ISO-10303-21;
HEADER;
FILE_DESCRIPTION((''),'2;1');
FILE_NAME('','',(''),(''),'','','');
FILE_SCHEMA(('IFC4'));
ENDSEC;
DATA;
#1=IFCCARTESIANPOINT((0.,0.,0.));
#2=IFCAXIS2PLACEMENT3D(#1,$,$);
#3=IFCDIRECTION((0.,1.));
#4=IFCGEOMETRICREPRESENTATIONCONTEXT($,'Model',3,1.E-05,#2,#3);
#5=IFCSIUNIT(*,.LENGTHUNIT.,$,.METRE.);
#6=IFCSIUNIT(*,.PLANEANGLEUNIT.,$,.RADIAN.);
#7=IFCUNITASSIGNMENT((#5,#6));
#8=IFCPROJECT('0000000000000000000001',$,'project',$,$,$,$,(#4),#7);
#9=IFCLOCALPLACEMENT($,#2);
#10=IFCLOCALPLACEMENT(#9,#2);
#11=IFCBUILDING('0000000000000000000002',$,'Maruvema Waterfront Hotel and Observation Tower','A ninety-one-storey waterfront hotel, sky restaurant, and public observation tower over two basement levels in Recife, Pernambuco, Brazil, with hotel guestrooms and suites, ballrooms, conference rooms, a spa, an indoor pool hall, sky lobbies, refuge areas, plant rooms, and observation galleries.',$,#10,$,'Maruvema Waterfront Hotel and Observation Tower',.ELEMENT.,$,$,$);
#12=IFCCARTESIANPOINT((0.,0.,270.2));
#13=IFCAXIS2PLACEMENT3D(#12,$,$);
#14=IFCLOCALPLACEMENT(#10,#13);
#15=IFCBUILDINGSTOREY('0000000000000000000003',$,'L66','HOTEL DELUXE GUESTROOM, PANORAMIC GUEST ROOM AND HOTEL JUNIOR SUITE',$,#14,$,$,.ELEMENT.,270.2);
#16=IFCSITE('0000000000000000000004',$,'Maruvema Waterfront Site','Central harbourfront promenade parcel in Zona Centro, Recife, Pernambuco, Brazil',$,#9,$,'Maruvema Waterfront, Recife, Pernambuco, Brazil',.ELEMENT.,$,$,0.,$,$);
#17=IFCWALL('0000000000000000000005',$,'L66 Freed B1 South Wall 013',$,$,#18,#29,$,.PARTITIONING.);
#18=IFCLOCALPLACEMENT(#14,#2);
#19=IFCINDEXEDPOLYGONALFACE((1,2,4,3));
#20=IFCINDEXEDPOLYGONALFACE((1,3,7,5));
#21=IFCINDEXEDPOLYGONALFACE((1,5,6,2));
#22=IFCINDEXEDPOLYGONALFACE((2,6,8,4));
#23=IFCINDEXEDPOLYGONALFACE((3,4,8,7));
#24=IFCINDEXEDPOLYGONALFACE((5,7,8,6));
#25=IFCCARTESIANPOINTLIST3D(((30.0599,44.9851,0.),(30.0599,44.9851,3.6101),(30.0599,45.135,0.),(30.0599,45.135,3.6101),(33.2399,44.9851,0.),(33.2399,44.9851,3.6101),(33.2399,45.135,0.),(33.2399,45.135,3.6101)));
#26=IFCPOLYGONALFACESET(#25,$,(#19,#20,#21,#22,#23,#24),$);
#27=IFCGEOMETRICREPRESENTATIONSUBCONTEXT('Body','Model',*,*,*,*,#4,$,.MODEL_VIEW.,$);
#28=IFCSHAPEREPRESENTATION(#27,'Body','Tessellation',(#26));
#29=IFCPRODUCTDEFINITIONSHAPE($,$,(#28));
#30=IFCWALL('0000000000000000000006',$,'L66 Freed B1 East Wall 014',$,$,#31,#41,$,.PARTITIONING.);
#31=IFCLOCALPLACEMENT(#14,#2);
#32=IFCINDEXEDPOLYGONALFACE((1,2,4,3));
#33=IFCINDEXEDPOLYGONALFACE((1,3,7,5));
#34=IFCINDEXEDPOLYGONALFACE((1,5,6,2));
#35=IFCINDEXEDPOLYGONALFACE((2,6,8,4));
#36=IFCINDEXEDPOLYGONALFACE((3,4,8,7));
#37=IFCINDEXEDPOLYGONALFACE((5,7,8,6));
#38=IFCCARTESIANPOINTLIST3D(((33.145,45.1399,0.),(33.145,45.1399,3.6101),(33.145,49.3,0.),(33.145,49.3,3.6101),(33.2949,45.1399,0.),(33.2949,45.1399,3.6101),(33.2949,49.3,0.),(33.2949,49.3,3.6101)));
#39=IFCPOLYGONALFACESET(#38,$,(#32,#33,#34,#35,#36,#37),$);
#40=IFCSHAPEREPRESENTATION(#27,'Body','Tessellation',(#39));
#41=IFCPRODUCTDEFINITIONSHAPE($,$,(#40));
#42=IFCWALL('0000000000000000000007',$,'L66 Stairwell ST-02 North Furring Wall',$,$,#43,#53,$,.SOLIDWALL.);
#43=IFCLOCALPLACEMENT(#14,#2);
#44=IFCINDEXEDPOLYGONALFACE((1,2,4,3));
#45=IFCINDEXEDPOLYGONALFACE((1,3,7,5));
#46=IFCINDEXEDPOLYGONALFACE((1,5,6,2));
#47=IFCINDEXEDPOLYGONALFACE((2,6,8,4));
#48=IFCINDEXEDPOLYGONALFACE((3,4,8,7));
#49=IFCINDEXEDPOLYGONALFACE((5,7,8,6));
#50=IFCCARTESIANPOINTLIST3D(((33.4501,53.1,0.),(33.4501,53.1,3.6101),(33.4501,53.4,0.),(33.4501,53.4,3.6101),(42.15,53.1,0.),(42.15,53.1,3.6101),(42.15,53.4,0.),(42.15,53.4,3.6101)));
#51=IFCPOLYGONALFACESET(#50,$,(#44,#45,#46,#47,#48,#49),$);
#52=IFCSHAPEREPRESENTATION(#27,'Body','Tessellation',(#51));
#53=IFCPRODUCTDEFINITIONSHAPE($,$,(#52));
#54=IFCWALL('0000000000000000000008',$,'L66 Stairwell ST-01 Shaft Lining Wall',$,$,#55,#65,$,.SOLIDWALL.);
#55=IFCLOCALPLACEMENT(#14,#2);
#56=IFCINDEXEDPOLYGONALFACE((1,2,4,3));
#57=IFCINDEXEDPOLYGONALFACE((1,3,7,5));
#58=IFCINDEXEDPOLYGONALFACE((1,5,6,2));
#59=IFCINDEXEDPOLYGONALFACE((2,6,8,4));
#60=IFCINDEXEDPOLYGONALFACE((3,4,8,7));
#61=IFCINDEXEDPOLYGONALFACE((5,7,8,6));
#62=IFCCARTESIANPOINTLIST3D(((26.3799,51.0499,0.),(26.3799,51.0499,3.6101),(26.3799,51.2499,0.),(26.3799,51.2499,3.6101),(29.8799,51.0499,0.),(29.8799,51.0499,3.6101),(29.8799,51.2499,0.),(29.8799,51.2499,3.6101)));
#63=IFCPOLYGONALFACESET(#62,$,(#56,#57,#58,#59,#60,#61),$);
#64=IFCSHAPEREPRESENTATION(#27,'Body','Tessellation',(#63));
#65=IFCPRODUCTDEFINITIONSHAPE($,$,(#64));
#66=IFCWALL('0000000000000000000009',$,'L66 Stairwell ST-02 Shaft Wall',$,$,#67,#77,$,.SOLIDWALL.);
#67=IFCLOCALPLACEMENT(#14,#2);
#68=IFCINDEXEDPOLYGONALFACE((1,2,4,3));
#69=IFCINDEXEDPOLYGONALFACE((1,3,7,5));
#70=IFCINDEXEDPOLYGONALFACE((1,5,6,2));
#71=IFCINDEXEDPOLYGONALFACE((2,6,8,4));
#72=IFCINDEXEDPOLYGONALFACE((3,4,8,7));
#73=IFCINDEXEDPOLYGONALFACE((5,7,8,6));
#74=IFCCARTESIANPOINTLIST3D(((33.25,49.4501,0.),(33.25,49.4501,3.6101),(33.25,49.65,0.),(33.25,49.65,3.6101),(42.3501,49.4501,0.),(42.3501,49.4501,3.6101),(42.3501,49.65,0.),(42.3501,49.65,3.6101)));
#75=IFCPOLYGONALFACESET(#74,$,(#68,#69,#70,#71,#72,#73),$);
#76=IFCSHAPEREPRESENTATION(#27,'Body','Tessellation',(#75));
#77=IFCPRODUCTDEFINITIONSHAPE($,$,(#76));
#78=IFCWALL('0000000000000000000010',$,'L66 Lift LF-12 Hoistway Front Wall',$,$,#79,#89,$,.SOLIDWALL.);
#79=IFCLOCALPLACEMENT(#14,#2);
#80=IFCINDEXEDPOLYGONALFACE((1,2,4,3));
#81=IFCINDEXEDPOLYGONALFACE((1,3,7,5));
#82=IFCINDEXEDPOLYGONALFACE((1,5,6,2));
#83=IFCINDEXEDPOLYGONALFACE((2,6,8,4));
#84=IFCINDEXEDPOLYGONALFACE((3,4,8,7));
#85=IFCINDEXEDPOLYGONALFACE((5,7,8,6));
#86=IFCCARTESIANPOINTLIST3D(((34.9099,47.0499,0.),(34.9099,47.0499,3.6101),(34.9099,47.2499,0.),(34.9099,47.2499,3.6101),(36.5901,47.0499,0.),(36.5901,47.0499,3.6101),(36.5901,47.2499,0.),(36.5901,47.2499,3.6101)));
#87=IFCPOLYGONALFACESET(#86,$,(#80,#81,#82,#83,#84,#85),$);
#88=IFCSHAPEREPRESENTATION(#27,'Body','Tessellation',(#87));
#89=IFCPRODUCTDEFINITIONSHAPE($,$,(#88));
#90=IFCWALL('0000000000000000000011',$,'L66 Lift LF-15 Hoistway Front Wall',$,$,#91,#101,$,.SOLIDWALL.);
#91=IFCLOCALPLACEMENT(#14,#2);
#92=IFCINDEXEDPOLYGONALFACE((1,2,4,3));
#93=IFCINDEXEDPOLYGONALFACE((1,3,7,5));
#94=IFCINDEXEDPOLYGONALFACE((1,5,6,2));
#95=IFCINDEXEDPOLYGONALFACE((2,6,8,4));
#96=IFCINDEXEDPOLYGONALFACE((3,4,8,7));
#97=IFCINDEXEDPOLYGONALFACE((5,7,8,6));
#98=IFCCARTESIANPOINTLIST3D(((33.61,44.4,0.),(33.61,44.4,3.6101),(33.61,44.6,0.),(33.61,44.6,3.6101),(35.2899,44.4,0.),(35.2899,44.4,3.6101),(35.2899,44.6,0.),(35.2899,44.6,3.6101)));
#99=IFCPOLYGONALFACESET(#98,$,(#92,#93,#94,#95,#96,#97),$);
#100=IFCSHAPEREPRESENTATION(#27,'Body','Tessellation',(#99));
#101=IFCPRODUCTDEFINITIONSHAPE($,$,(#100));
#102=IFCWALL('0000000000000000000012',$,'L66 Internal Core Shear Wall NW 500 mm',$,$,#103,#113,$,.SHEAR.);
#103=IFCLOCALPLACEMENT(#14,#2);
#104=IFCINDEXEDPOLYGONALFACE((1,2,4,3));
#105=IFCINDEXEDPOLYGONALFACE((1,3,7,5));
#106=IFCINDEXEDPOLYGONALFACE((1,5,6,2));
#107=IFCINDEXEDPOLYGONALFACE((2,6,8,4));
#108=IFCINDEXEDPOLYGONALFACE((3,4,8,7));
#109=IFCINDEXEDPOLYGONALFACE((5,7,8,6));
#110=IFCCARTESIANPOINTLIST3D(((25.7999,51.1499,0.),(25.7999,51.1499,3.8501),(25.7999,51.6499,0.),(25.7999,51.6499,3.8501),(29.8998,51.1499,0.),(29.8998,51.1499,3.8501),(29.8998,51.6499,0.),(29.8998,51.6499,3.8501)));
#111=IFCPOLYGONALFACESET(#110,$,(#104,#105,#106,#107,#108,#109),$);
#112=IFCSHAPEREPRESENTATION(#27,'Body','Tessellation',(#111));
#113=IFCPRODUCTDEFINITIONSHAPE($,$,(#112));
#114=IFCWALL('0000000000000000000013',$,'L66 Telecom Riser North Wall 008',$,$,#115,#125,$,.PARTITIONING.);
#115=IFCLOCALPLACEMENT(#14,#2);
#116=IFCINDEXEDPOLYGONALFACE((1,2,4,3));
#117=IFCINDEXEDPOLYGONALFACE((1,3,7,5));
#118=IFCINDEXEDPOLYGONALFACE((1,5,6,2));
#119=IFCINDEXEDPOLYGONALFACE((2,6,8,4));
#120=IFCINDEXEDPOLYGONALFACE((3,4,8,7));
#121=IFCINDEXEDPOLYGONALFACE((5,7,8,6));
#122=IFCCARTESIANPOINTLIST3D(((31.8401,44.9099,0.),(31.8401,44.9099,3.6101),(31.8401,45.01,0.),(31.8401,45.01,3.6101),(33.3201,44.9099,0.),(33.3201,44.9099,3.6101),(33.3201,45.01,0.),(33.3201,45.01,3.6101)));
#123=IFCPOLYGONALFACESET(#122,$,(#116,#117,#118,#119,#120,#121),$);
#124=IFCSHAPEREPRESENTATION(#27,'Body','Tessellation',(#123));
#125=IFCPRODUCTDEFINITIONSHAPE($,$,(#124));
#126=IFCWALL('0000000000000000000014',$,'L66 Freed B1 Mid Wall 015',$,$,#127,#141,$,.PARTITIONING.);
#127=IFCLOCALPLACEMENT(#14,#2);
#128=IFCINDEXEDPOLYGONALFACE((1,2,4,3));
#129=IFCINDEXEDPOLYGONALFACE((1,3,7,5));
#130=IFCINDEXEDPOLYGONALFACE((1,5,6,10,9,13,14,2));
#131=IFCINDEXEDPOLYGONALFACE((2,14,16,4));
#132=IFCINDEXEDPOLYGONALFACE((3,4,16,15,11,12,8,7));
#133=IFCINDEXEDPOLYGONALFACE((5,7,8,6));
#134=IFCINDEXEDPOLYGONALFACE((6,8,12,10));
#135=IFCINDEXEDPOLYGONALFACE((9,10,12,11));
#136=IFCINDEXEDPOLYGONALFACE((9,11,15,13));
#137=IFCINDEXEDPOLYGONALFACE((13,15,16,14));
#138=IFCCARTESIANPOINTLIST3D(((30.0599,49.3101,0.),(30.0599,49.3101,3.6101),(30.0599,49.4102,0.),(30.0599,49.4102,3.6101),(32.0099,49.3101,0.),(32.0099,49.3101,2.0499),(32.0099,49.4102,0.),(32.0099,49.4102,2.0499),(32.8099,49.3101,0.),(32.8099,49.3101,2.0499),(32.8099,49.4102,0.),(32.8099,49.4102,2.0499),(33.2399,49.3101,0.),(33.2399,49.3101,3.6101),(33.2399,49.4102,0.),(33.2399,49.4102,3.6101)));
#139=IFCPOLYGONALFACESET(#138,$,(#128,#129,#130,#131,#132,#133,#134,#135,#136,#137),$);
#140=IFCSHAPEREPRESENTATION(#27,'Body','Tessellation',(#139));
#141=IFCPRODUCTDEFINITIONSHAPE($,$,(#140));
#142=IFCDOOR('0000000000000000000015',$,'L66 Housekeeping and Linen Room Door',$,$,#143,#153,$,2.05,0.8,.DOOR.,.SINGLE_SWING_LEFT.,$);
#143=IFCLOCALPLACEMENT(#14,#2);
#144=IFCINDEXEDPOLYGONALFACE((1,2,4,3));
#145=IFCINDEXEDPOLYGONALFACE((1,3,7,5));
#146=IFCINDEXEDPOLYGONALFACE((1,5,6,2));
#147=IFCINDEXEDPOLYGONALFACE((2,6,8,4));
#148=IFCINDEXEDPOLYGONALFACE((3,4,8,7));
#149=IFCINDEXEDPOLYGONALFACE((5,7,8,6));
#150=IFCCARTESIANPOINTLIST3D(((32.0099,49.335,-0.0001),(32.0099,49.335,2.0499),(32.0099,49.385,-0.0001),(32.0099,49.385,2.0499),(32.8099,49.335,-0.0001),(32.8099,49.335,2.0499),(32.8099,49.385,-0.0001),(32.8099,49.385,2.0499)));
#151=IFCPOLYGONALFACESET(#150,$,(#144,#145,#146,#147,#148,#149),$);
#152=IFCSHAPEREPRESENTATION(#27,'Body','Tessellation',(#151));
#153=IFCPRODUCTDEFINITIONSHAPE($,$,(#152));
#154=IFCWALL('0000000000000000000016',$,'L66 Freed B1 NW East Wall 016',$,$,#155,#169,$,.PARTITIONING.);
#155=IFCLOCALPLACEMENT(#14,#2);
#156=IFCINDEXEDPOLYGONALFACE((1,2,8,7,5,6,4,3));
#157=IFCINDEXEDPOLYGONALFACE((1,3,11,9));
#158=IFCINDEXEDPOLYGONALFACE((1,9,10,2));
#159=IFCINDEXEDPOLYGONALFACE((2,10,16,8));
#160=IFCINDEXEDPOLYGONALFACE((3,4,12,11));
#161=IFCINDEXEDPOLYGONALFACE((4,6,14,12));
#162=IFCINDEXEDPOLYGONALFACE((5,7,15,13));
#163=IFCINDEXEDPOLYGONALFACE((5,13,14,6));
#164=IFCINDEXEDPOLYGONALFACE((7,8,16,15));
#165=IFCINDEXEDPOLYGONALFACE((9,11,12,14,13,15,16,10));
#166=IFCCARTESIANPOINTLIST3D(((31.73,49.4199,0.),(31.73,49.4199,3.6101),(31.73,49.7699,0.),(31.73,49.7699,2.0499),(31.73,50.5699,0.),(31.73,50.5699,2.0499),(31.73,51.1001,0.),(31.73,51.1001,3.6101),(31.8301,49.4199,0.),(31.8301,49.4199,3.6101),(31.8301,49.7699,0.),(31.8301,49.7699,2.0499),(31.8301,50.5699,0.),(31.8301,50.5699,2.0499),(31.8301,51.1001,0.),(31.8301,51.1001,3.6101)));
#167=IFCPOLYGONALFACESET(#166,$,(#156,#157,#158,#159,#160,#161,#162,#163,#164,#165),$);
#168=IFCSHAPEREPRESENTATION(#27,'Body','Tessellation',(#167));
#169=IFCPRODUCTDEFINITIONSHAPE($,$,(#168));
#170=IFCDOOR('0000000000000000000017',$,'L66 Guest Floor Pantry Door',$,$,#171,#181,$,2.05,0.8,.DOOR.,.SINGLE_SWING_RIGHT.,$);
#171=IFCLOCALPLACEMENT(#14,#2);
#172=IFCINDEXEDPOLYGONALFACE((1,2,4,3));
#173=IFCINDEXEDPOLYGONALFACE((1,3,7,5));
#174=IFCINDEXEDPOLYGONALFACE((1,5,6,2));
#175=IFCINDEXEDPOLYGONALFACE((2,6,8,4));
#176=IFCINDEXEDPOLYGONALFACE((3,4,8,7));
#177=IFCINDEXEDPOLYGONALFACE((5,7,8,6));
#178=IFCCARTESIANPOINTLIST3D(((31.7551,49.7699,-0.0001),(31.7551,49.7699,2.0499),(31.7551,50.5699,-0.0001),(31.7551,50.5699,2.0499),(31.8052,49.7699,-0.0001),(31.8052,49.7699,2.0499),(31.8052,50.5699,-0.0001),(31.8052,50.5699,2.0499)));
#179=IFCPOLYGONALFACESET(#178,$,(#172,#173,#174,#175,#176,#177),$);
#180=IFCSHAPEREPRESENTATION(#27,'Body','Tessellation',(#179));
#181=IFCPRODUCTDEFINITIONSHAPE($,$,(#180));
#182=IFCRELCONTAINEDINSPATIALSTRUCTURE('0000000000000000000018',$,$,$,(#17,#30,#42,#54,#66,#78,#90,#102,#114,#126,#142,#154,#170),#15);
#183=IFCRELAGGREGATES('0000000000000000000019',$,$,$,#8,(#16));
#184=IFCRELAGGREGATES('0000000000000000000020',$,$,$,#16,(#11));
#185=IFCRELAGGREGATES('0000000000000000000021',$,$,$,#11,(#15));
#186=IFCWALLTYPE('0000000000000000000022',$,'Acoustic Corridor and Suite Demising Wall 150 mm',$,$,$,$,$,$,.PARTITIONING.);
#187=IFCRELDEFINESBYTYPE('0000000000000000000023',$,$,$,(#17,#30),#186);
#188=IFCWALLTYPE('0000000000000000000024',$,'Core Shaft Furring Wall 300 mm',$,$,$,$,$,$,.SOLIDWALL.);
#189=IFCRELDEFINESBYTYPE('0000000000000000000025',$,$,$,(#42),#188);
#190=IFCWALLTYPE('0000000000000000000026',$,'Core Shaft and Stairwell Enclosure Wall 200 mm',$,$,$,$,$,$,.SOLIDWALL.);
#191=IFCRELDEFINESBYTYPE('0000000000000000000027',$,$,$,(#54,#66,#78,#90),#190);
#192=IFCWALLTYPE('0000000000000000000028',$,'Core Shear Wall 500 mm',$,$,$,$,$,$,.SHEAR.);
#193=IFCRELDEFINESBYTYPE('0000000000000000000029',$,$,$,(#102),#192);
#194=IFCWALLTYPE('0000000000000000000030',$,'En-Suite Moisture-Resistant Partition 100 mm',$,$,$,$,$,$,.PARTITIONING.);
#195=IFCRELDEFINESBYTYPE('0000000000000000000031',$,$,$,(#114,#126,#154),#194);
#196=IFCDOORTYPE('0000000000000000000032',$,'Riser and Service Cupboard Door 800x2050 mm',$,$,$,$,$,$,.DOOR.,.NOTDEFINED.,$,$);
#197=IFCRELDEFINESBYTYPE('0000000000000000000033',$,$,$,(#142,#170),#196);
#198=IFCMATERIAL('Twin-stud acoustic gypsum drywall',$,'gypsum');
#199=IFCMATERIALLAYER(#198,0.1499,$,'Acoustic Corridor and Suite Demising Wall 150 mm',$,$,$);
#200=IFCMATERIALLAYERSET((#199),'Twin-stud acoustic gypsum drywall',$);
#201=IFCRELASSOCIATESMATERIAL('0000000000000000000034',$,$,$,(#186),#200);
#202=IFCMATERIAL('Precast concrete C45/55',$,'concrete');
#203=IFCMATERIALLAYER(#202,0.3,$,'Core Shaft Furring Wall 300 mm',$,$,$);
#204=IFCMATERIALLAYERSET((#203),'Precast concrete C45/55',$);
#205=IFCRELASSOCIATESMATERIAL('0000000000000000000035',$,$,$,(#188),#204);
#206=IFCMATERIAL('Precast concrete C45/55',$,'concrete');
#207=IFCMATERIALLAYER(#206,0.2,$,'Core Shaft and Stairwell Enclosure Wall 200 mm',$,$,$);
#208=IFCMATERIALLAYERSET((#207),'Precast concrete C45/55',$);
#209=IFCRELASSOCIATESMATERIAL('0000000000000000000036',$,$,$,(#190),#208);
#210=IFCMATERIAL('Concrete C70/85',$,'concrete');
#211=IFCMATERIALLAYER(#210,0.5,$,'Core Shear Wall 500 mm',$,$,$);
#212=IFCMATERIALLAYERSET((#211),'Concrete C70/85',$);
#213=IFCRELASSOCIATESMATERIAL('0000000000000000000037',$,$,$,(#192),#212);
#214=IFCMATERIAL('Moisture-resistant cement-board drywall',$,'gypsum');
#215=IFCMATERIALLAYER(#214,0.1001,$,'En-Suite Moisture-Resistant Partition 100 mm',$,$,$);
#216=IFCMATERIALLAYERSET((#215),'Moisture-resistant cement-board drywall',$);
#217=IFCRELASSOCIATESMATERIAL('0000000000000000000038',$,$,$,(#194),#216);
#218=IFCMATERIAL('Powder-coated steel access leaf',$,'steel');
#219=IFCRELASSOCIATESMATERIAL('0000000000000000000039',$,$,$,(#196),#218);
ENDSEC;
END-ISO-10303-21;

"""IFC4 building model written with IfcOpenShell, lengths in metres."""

from ifc_helpers import new_model, si_unit, direction, frame, frame_2d, origin, place, context, subcontext, project, spatial, rectangle, extrude, material, layer, layer_set, type_object, element, fill, save


model = new_model("IFC4")

# Units and contexts
model_context = context("Model", 3, precision=1e-05, world=origin(), true_north=direction((0.0, 1.0)))
body_context = subcontext(model_context, "Body", "Model", "MODEL_VIEW")
ifc_project = project(units=[si_unit("LENGTHUNIT", "METRE"), si_unit("PLANEANGLEUNIT", "RADIAN")], contexts=[model_context])

# Site, building, storey
site_placement = place(None, origin())
site = spatial("IfcSite", under=ifc_project, at=site_placement, Name="Maruvema Waterfront Site", Description="Central harbourfront promenade parcel in Zona Centro, Recife, Pernambuco, Brazil", LongName="Maruvema Waterfront, Recife, Pernambuco, Brazil", CompositionType="ELEMENT", RefElevation=0.0)
building_placement = place(site_placement, origin())
building = spatial("IfcBuilding", under=site, at=building_placement, Name="Maruvema Waterfront Hotel and Observation Tower", Description="A ninety-one-storey waterfront hotel, sky restaurant, and public observation tower over two basement levels in Recife, Pernambuco, Brazil, with hotel guestrooms and suites, ballrooms, conference rooms, a spa, an indoor pool hall, sky lobbies, refuge areas, plant rooms, and observation galleries.", LongName="Maruvema Waterfront Hotel and Observation Tower", CompositionType="ELEMENT")
storey_placement = place(building_placement, frame((0.0, 0.0, 270.2)))
storey = spatial("IfcBuildingStorey", under=building, at=storey_placement, Name="L66", Description="HOTEL DELUXE GUESTROOM, PANORAMIC GUEST ROOM AND HOTEL JUNIOR SUITE", CompositionType="ELEMENT", Elevation=270.2)

# Walls
ifc_material_1 = material(Name="Twin-stud acoustic gypsum drywall", Category="gypsum")
ifc_layer_1 = layer(ifc_material_1, 0.1499, Name="Acoustic Corridor and Suite Demising Wall 150 mm")
ifc_layer_set_1 = layer_set([ifc_layer_1], Name="Twin-stud acoustic gypsum drywall")
wall_type_1 = type_object("IfcWallType", Name="Acoustic Corridor and Suite Demising Wall 150 mm", PredefinedType="PARTITIONING", material=ifc_layer_set_1)
wall_1_placement = place(storey_placement, frame((30.0601, 45.0601, 0.0), z_axis=(0.0, 0.0, 1.0), x_axis=(1.0, 0.0, 0.0)))
element("IfcWall", 1, at=wall_1_placement, inside=storey, type_object=wall_type_1, Name="L66 Freed B1 South Wall 013", PredefinedType="PARTITIONING", context=body_context, shape_type="SweptSolid", body=[
    extrude(rectangle(XDim=3.1799, YDim=0.1499, at=frame_2d((1.5898, 0.0))), origin(), (0.0, 0.0, 1.0), 3.6101),
])
wall_2_placement = place(storey_placement, frame((33.22, 45.1399, 0.0), z_axis=(0.0, 0.0, 1.0), x_axis=(0.0, 1.0, 0.0)))
element("IfcWall", 2, at=wall_2_placement, inside=storey, type_object=wall_type_1, Name="L66 Freed B1 East Wall 014", PredefinedType="PARTITIONING", context=body_context, shape_type="SweptSolid", body=[
    extrude(rectangle(XDim=4.1602, YDim=0.1499, at=frame_2d((2.0801, 0.0))), origin(), (0.0, 0.0, 1.0), 3.6101),
])
ifc_material_2 = material(Name="Precast concrete C45/55", Category="concrete")
ifc_layer_2 = layer(ifc_material_2, 0.3, Name="Core Shaft Furring Wall 300 mm")
ifc_layer_set_2 = layer_set([ifc_layer_2], Name="Precast concrete C45/55")
wall_type_2 = type_object("IfcWallType", Name="Core Shaft Furring Wall 300 mm", PredefinedType="SOLIDWALL", material=ifc_layer_set_2)
wall_3_placement = place(storey_placement, frame((33.45, 53.25, 0.0), z_axis=(0.0, 0.0, 1.0), x_axis=(1.0, 0.0, 0.0)))
element("IfcWall", 3, at=wall_3_placement, inside=storey, type_object=wall_type_2, Name="L66 Stairwell ST-02 North Furring Wall", PredefinedType="SOLIDWALL", context=body_context, shape_type="SweptSolid", body=[
    extrude(rectangle(XDim=8.7, YDim=0.3, at=frame_2d((4.3501, 0.0))), origin(), (0.0, 0.0, 1.0), 3.6101),
])
ifc_material_3 = material(Name="Precast concrete C45/55", Category="concrete")
ifc_layer_3 = layer(ifc_material_3, 0.2, Name="Core Shaft and Stairwell Enclosure Wall 200 mm")
ifc_layer_set_3 = layer_set([ifc_layer_3], Name="Precast concrete C45/55")
wall_type_3 = type_object("IfcWallType", Name="Core Shaft and Stairwell Enclosure Wall 200 mm", PredefinedType="SOLIDWALL", material=ifc_layer_set_3)
wall_4_placement = place(storey_placement, frame((26.3799, 51.1499, 0.0), z_axis=(0.0, 0.0, 1.0), x_axis=(1.0, 0.0, 0.0)))
element("IfcWall", 4, at=wall_4_placement, inside=storey, type_object=wall_type_3, Name="L66 Stairwell ST-01 Shaft Lining Wall", PredefinedType="SOLIDWALL", context=body_context, shape_type="SweptSolid", body=[
    extrude(rectangle(XDim=3.5, YDim=0.2, at=frame_2d((1.75, 0.0))), origin(), (0.0, 0.0, 1.0), 3.6101),
])
wall_5_placement = place(storey_placement, frame((33.25, 49.55, 0.0), z_axis=(0.0, 0.0, 1.0), x_axis=(1.0, 0.0, 0.0)))
element("IfcWall", 5, at=wall_5_placement, inside=storey, type_object=wall_type_3, Name="L66 Stairwell ST-02 Shaft Wall", PredefinedType="SOLIDWALL", context=body_context, shape_type="SweptSolid", body=[
    extrude(rectangle(XDim=9.1001, YDim=0.2, at=frame_2d((4.55, 0.0))), origin(), (0.0, 0.0, 1.0), 3.6101),
])

# Walls
wall_6_placement = place(storey_placement, frame((34.9099, 47.1499, 0.0), z_axis=(0.0, 0.0, 1.0), x_axis=(1.0, 0.0, 0.0)))
element("IfcWall", 6, at=wall_6_placement, inside=storey, type_object=wall_type_3, Name="L66 Lift LF-12 Hoistway Front Wall", PredefinedType="SOLIDWALL", context=body_context, shape_type="SweptSolid", body=[
    extrude(rectangle(XDim=1.6802, YDim=0.2, at=frame_2d((0.8401, 0.0))), origin(), (0.0, 0.0, 1.0), 3.6101),
])
wall_7_placement = place(storey_placement, frame((33.6101, 44.5, 0.0), z_axis=(0.0, 0.0, 1.0), x_axis=(1.0, 0.0, 0.0)))
element("IfcWall", 7, at=wall_7_placement, inside=storey, type_object=wall_type_3, Name="L66 Lift LF-15 Hoistway Front Wall", PredefinedType="SOLIDWALL", context=body_context, shape_type="SweptSolid", body=[
    extrude(rectangle(XDim=1.6799, YDim=0.2, at=frame_2d((0.8398, 0.0))), origin(), (0.0, 0.0, 1.0), 3.6101),
])
ifc_material_4 = material(Name="Concrete C70/85", Category="concrete")
ifc_layer_4 = layer(ifc_material_4, 0.5, Name="Core Shear Wall 500 mm")
ifc_layer_set_4 = layer_set([ifc_layer_4], Name="Concrete C70/85")
wall_type_4 = type_object("IfcWallType", Name="Core Shear Wall 500 mm", PredefinedType="SHEAR", material=ifc_layer_set_4)
wall_8_placement = place(storey_placement, frame((25.8, 51.3999, 0.0), z_axis=(0.0, 0.0, 1.0), x_axis=(1.0, 0.0, 0.0)))
element("IfcWall", 8, at=wall_8_placement, inside=storey, type_object=wall_type_4, Name="L66 Internal Core Shear Wall NW 500 mm", PredefinedType="SHEAR", context=body_context, shape_type="SweptSolid", body=[
    extrude(rectangle(XDim=4.0999, YDim=0.5, at=frame_2d((2.0498, 0.0))), origin(), (0.0, 0.0, 1.0), 3.8501),
])
ifc_material_5 = material(Name="Moisture-resistant cement-board drywall", Category="gypsum")
ifc_layer_5 = layer(ifc_material_5, 0.1001, Name="En-Suite Moisture-Resistant Partition 100 mm")
ifc_layer_set_5 = layer_set([ifc_layer_5], Name="Moisture-resistant cement-board drywall")
wall_type_5 = type_object("IfcWallType", Name="En-Suite Moisture-Resistant Partition 100 mm", PredefinedType="PARTITIONING", material=ifc_layer_set_5)
wall_9_placement = place(storey_placement, frame((31.8401, 44.96, 0.0), z_axis=(0.0, 0.0, 1.0), x_axis=(1.0, 0.0, 0.0)))
element("IfcWall", 9, at=wall_9_placement, inside=storey, type_object=wall_type_5, Name="L66 Telecom Riser North Wall 008", PredefinedType="PARTITIONING", context=body_context, shape_type="SweptSolid", body=[
    extrude(rectangle(XDim=1.48, YDim=0.1001, at=frame_2d((0.74, 0.0))), origin(), (0.0, 0.0, 1.0), 3.6101),
])

# Walls, openings, doors
wall_10_placement = place(storey_placement, frame((30.0601, 49.3601, 0.0), z_axis=(0.0, 0.0, 1.0), x_axis=(1.0, 0.0, 0.0)))
wall_10 = element("IfcWall", 10, at=wall_10_placement, inside=storey, type_object=wall_type_5, Name="L66 Freed B1 Mid Wall 015", PredefinedType="PARTITIONING", context=body_context, shape_type="SweptSolid", body=[
    extrude(rectangle(XDim=3.1799, YDim=0.1001, at=frame_2d((1.5898, 0.0))), origin(), (0.0, 0.0, 1.0), 3.6101),
])
opening_1_placement = place(wall_10_placement, frame((1.95, 0.0, 0.0)))
opening_1 = element("IfcOpeningElement", 11, at=opening_1_placement, cuts=wall_10, PredefinedType="OPENING", context=body_context, shape_type="SweptSolid", body=[
    extrude(rectangle(XDim=0.8, YDim=2.05, at=frame_2d((0.3999, 1.0249))), frame((0.0, 0.0601, 0.0), z_axis=(0.0, -1.0, 0.0), x_axis=(1.0, 0.0, 0.0)), (0.0, 0.0, 1.0), 0.1201),
])
ifc_material_6 = material(Name="Powder-coated steel access leaf", Category="steel")
door_type_1 = type_object("IfcDoorType", Name="Riser and Service Cupboard Door 800x2050 mm", OperationType="NOTDEFINED", PredefinedType="DOOR", material=ifc_material_6)
door_1_placement = place(opening_1_placement, origin())
door_1 = element("IfcDoor", 12, at=door_1_placement, inside=storey, type_object=door_type_1, Name="L66 Housekeeping and Linen Room Door", OperationType="SINGLE_SWING_LEFT", OverallHeight=2.05, OverallWidth=0.8, PredefinedType="DOOR", context=body_context, shape_type="SweptSolid", body=[
    extrude(rectangle(XDim=0.8, YDim=2.05, at=frame_2d((0.3999, 1.0249))), frame((0.0, 0.0249, 0.0), z_axis=(0.0, -1.0, 0.0), x_axis=(1.0, 0.0, 0.0)), (0.0, 0.0, 1.0), 0.05),
])
fill(opening_1, door_1)
wall_11_placement = place(storey_placement, frame((31.78, 49.4199, 0.0), z_axis=(0.0, 0.0, 1.0), x_axis=(0.0, 1.0, 0.0)))
wall_11 = element("IfcWall", 13, at=wall_11_placement, inside=storey, type_object=wall_type_5, Name="L66 Freed B1 NW East Wall 016", PredefinedType="PARTITIONING", context=body_context, shape_type="SweptSolid", body=[
    extrude(rectangle(XDim=1.6802, YDim=0.1001, at=frame_2d((0.8401, 0.0))), origin(), (0.0, 0.0, 1.0), 3.6101),
])
opening_2_placement = place(wall_11_placement, frame((0.3501, 0.0, 0.0)))
opening_2 = element("IfcOpeningElement", 14, at=opening_2_placement, cuts=wall_11, PredefinedType="OPENING", context=body_context, shape_type="SweptSolid", body=[
    extrude(rectangle(XDim=0.8, YDim=2.05, at=frame_2d((0.3999, 1.0249))), frame((0.0, 0.0601, 0.0), z_axis=(0.0, -1.0, 0.0), x_axis=(1.0, 0.0, 0.0)), (0.0, 0.0, 1.0), 0.1201),
])
door_2_placement = place(opening_2_placement, origin())
door_2 = element("IfcDoor", 15, at=door_2_placement, inside=storey, type_object=door_type_1, Name="L66 Guest Floor Pantry Door", OperationType="SINGLE_SWING_RIGHT", OverallHeight=2.05, OverallWidth=0.8, PredefinedType="DOOR", context=body_context, shape_type="SweptSolid", body=[
    extrude(rectangle(XDim=0.8, YDim=2.05, at=frame_2d((0.3999, 1.0249))), frame((0.0, 0.0249, 0.0), z_axis=(0.0, -1.0, 0.0), x_axis=(1.0, 0.0, 0.0)), (0.0, 0.0, 1.0), 0.05),
])
fill(opening_2, door_2)

save(model, "model.ifc")
